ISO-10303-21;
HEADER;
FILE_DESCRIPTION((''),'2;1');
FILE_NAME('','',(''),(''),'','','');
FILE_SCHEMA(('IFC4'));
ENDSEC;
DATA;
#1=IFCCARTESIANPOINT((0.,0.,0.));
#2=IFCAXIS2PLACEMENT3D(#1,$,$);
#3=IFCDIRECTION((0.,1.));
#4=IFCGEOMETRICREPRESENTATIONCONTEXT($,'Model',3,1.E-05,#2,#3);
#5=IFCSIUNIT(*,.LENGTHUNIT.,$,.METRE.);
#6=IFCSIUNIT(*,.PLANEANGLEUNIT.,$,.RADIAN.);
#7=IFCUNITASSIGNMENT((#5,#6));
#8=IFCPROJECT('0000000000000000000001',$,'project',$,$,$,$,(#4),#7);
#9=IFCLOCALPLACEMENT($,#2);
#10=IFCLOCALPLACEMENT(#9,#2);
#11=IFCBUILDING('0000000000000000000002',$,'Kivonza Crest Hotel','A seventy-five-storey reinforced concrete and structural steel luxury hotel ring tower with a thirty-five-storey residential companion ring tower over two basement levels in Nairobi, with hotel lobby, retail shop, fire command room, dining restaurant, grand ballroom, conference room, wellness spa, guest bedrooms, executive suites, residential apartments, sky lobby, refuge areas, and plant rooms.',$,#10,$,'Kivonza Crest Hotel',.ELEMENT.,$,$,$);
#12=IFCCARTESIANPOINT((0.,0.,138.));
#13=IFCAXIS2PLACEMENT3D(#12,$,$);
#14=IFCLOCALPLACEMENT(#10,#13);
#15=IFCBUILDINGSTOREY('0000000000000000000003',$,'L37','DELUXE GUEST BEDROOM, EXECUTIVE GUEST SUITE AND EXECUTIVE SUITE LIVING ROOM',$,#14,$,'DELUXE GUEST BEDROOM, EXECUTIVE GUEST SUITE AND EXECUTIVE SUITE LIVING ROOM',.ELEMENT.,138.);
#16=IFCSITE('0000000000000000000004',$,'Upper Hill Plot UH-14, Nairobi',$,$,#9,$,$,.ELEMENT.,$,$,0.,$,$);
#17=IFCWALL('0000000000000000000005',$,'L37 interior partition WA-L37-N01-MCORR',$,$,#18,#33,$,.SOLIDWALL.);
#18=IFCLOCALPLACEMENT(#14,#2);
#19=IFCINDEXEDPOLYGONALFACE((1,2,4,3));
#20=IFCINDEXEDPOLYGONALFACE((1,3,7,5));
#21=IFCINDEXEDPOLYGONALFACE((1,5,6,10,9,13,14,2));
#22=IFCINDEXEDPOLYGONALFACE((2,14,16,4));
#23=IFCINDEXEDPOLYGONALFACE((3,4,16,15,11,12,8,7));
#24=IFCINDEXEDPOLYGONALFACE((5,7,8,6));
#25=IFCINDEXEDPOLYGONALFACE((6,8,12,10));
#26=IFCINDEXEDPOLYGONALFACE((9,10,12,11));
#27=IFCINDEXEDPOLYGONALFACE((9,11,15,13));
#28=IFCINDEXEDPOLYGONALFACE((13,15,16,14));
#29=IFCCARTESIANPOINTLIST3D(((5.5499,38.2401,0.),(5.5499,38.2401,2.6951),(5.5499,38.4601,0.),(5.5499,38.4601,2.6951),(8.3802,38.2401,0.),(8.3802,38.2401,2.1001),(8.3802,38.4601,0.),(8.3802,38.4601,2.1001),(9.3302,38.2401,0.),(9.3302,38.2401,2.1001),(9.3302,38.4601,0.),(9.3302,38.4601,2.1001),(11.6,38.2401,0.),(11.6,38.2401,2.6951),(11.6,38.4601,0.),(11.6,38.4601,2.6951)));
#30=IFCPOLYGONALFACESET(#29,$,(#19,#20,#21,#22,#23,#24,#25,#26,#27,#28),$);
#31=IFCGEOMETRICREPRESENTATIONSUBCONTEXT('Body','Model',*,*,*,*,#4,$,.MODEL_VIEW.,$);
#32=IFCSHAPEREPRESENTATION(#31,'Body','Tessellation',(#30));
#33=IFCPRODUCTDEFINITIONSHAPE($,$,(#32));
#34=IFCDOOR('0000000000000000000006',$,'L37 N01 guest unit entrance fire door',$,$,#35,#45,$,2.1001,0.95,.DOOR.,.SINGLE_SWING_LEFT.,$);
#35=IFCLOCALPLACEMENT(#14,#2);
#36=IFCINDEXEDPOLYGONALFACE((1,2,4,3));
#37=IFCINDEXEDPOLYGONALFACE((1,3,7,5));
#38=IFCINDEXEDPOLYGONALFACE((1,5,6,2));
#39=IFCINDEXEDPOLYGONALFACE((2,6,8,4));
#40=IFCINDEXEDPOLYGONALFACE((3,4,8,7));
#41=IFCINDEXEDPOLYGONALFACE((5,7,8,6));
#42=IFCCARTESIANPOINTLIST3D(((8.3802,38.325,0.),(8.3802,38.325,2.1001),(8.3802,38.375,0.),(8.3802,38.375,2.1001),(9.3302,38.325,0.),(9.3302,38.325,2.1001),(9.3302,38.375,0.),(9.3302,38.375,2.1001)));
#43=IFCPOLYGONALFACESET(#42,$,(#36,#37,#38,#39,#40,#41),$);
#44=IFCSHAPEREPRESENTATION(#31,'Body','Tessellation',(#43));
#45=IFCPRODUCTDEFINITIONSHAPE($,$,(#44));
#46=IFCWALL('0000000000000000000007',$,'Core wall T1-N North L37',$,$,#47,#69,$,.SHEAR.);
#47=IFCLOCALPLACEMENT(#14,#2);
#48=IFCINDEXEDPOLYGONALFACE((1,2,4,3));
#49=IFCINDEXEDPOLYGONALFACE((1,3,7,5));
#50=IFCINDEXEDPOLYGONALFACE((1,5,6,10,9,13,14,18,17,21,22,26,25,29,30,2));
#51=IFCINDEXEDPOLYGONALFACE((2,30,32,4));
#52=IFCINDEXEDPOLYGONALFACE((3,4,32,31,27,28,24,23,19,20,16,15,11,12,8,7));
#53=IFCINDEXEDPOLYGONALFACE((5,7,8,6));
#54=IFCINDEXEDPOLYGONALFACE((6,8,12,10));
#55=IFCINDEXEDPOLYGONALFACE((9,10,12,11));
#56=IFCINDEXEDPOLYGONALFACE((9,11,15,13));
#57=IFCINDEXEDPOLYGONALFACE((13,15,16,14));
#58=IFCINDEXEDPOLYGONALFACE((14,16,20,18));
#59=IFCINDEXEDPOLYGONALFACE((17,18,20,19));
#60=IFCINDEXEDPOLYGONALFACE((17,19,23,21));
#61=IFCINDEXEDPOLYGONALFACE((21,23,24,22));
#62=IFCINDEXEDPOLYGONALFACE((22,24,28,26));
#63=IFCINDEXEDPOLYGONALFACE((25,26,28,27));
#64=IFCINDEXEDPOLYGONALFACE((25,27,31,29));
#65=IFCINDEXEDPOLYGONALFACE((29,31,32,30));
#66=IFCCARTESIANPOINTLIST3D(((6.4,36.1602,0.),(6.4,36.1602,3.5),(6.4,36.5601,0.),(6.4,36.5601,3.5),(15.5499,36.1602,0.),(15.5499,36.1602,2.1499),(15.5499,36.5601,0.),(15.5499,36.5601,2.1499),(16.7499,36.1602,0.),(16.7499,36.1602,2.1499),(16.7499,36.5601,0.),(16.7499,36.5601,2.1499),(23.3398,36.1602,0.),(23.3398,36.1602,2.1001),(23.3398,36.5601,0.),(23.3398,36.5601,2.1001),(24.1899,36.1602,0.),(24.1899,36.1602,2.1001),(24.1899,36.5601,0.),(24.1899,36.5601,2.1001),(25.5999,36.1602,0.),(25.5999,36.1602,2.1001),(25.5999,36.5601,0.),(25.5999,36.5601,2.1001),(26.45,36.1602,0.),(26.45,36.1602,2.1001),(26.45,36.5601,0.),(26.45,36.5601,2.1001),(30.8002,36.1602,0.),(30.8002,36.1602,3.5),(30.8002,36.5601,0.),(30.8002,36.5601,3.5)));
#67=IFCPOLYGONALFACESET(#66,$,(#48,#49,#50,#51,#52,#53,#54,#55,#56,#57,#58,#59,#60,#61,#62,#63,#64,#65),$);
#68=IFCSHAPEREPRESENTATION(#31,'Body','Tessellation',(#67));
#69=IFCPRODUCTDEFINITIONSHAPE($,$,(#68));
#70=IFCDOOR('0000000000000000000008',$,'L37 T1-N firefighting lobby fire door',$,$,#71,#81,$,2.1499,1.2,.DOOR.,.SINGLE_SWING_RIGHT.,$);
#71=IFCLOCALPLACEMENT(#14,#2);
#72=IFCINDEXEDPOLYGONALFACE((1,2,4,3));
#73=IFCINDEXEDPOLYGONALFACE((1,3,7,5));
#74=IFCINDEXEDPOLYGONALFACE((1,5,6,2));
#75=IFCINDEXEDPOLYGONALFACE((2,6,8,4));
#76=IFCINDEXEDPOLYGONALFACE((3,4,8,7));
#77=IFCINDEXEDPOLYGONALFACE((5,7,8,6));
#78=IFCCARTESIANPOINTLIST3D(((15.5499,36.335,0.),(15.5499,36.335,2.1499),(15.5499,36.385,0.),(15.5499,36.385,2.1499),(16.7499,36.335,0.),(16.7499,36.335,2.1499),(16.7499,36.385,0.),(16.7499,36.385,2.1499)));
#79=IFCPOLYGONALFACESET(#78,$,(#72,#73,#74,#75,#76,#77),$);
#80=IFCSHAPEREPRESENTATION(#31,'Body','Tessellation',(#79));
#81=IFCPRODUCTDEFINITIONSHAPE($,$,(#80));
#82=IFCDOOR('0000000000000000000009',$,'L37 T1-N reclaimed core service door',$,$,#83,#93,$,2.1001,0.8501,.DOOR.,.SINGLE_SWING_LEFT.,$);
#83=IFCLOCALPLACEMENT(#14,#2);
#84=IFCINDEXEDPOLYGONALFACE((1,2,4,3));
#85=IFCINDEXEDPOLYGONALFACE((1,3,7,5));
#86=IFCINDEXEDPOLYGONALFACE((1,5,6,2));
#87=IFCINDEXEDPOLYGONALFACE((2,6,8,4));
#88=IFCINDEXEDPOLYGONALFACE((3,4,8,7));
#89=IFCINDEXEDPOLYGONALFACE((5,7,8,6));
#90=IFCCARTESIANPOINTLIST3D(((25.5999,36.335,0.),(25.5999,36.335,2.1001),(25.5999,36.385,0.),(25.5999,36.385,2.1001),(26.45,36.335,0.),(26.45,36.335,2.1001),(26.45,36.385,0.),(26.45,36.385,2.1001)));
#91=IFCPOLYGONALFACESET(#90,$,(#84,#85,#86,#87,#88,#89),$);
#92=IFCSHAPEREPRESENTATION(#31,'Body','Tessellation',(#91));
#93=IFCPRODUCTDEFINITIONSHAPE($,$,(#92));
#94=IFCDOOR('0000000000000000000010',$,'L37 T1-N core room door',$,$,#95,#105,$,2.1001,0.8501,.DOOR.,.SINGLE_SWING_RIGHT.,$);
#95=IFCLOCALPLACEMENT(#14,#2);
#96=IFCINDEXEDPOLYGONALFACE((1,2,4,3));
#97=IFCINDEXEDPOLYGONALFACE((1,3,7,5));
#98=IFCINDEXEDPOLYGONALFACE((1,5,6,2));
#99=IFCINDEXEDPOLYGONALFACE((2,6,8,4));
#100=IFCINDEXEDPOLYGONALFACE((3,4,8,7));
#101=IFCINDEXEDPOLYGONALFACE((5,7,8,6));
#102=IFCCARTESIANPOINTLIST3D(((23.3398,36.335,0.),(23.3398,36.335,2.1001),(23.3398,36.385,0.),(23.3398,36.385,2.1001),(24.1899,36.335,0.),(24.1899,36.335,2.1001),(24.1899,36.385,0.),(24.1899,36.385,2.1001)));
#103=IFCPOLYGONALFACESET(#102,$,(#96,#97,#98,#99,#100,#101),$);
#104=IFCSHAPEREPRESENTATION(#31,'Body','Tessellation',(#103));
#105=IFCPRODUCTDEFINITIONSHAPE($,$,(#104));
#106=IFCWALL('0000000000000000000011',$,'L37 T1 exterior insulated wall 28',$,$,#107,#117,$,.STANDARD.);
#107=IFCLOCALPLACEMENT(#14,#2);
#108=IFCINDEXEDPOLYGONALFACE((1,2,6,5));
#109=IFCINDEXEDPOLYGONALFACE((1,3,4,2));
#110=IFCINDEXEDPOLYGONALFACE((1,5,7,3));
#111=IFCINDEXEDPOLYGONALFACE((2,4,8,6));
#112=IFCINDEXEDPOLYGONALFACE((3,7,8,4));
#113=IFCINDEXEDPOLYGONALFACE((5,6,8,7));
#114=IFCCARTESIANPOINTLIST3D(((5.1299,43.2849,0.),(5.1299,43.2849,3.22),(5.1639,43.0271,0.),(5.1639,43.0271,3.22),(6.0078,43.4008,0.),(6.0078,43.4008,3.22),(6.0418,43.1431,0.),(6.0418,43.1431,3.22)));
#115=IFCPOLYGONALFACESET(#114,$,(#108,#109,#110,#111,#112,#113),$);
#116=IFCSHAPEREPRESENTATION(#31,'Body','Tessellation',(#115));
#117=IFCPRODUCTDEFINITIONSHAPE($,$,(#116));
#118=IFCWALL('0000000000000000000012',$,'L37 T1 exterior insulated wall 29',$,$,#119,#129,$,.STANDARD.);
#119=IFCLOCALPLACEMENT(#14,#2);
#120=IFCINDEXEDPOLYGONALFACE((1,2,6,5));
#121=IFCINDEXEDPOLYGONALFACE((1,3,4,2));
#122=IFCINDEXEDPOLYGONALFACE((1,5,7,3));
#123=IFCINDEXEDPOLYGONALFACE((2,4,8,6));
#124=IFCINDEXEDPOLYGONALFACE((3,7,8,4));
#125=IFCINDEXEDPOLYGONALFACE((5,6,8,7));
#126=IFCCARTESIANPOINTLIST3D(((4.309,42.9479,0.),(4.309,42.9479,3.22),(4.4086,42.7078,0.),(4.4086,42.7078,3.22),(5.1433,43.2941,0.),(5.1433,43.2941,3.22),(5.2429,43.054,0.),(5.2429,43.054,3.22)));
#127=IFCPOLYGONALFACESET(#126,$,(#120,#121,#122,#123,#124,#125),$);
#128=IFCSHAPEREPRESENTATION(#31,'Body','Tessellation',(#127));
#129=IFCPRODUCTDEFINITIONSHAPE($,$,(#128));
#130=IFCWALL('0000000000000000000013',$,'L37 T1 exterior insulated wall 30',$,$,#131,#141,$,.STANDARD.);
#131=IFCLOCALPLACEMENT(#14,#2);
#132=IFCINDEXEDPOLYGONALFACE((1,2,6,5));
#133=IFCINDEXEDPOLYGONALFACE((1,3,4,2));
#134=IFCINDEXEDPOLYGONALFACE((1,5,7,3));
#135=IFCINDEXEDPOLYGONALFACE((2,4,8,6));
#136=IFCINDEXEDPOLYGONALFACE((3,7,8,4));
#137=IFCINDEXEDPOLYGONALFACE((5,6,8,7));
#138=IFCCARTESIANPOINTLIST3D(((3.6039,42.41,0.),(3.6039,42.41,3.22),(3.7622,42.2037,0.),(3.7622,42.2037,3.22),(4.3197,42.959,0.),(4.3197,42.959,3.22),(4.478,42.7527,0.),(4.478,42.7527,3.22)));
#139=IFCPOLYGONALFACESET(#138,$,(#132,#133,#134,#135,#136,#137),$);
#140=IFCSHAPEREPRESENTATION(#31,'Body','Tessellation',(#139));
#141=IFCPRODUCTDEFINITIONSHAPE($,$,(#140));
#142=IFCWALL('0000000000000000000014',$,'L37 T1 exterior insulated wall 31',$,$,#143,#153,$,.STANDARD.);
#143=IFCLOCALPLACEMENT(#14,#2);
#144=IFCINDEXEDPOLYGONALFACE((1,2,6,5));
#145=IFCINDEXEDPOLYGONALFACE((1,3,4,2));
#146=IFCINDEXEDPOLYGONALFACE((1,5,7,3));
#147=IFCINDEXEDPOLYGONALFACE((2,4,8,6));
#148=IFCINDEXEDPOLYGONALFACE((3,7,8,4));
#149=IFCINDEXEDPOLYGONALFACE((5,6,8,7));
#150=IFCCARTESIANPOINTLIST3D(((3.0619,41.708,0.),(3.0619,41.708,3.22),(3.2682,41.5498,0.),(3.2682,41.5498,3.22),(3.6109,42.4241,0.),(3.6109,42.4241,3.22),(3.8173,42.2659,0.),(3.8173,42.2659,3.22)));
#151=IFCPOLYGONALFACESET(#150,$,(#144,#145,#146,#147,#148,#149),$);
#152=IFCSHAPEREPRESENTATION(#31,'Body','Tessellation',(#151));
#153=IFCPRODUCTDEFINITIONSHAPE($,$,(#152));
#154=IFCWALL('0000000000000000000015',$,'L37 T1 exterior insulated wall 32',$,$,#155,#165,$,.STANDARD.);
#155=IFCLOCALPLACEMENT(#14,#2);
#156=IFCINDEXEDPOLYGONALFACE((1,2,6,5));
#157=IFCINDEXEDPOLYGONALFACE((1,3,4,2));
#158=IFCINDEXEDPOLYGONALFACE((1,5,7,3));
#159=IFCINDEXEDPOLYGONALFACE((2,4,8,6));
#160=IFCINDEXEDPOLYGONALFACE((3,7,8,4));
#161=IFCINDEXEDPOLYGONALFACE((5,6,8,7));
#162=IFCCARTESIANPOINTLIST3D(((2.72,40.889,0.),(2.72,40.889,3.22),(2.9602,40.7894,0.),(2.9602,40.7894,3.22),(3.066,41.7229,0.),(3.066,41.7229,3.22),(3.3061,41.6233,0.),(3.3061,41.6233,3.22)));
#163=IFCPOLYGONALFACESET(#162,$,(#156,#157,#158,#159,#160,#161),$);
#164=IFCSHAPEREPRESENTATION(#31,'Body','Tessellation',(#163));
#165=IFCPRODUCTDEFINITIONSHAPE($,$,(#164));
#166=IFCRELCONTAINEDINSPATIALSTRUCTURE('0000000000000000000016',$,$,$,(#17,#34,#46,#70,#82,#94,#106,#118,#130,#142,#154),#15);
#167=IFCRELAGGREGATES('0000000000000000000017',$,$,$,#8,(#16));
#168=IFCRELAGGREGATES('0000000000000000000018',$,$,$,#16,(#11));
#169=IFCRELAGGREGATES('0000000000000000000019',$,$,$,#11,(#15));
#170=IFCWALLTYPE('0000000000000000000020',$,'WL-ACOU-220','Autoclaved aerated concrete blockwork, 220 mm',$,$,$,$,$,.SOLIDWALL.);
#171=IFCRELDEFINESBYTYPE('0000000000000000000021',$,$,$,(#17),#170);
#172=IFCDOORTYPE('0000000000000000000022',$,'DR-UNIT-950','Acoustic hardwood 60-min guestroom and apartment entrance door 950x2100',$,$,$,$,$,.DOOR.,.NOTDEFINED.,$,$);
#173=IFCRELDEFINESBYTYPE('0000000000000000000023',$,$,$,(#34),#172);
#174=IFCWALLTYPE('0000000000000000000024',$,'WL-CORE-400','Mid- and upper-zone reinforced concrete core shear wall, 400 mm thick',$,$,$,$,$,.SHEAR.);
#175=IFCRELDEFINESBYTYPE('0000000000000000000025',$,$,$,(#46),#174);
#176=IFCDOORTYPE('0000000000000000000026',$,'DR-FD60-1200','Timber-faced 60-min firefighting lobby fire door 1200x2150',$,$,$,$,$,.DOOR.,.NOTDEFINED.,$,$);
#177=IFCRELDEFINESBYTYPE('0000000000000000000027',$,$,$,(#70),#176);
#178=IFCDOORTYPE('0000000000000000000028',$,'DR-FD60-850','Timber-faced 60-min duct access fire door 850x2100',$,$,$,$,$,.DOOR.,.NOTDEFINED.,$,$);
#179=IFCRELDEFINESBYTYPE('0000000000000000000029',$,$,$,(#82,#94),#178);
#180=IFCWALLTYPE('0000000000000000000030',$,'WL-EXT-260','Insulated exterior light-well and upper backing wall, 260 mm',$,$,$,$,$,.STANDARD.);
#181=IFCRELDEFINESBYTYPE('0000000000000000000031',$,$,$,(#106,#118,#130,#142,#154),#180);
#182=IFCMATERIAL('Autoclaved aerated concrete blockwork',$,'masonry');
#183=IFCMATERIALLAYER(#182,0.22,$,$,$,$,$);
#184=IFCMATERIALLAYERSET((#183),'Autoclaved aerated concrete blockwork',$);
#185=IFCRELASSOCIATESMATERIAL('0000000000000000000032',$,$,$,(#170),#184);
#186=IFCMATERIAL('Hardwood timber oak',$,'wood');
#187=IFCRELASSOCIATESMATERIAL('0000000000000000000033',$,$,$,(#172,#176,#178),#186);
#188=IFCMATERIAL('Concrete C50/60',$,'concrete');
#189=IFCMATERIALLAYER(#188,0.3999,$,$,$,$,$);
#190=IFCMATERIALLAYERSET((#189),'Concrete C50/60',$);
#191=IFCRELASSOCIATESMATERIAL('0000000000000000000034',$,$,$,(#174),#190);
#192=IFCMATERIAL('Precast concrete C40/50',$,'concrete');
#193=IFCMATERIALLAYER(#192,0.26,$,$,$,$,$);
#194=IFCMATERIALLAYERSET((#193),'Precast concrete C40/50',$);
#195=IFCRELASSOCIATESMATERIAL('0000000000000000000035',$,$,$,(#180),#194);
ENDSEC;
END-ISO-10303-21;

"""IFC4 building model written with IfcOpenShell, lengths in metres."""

from ifc_helpers import new_model, si_unit, direction, frame, frame_2d, origin, place, context, subcontext, project, spatial, rectangle, extrude, material, layer, layer_set, type_object, element, fill, save


model = new_model("IFC4")

# Units and contexts
model_context = context("Model", 3, precision=1e-05, world=origin(), true_north=direction((0.0, 1.0)))
body_context = subcontext(model_context, "Body", "Model", "MODEL_VIEW")
ifc_project = project(units=[si_unit("LENGTHUNIT", "METRE"), si_unit("PLANEANGLEUNIT", "RADIAN")], contexts=[model_context])

# Site, building, storey
site_placement = place(None, origin())
site = spatial("IfcSite", under=ifc_project, at=site_placement, Name="Upper Hill Plot UH-14, Nairobi", CompositionType="ELEMENT", RefElevation=0.0)
building_placement = place(site_placement, origin())
building = spatial("IfcBuilding", under=site, at=building_placement, Name="Kivonza Crest Hotel", Description="A seventy-five-storey reinforced concrete and structural steel luxury hotel ring tower with a thirty-five-storey residential companion ring tower over two basement levels in Nairobi, with hotel lobby, retail shop, fire command room, dining restaurant, grand ballroom, conference room, wellness spa, guest bedrooms, executive suites, residential apartments, sky lobby, refuge areas, and plant rooms.", LongName="Kivonza Crest Hotel", CompositionType="ELEMENT")
storey_placement = place(building_placement, frame((0.0, 0.0, 138.0)))
storey = spatial("IfcBuildingStorey", under=building, at=storey_placement, Name="L37", Description="DELUXE GUEST BEDROOM, EXECUTIVE GUEST SUITE AND EXECUTIVE SUITE LIVING ROOM", LongName="DELUXE GUEST BEDROOM, EXECUTIVE GUEST SUITE AND EXECUTIVE SUITE LIVING ROOM", CompositionType="ELEMENT", Elevation=138.0)

# Shared definitions
ifc_material_1 = material(Name="Concrete C50/60", Category="concrete")

# Shared definitions
ifc_material_2 = material(Name="Autoclaved aerated concrete blockwork", Category="masonry")
ifc_layer_1 = layer(ifc_material_2, 0.22)
ifc_layer_set_1 = layer_set([ifc_layer_1], Name="Autoclaved aerated concrete blockwork")
wall_type_1 = type_object("IfcWallType", Name="WL-ACOU-220", Description="Autoclaved aerated concrete blockwork, 220 mm", PredefinedType="SOLIDWALL", material=ifc_layer_set_1)

# Wall, opening, door
wall_1_placement = place(storey_placement, frame((5.55, 38.3501, 0.0), z_axis=(0.0, 0.0, 1.0), x_axis=(1.0, 0.0, 0.0)))
wall_1 = element("IfcWall", 1, at=wall_1_placement, inside=storey, type_object=wall_type_1, Name="L37 interior partition WA-L37-N01-MCORR", PredefinedType="SOLIDWALL", context=body_context, shape_type="SweptSolid", body=[
    extrude(rectangle(XDim=6.05, YDim=0.22, at=frame_2d((3.0249, 0.0))), origin(), (0.0, 0.0, 1.0), 2.6951),
])
opening_1_placement = place(wall_1_placement, frame((2.8301, 0.0, 0.0)))
opening_1 = element("IfcOpeningElement", 2, at=opening_1_placement, cuts=wall_1, PredefinedType="OPENING", context=body_context, shape_type="SweptSolid", body=[
    extrude(rectangle(XDim=0.95, YDim=2.1001, at=frame_2d((0.4751, 1.05))), frame((0.0, 0.1201, 0.0), z_axis=(0.0, -1.0, 0.0), x_axis=(1.0, 0.0, 0.0)), (0.0, 0.0, 1.0), 0.24),
])
ifc_material_3 = material(Name="Hardwood timber oak", Category="wood")
door_type_1 = type_object("IfcDoorType", Name="DR-UNIT-950", Description="Acoustic hardwood 60-min guestroom and apartment entrance door 950x2100", OperationType="NOTDEFINED", PredefinedType="DOOR", material=ifc_material_3)
door_1_placement = place(opening_1_placement, origin())
door_1 = element("IfcDoor", 3, at=door_1_placement, inside=storey, type_object=door_type_1, Name="L37 N01 guest unit entrance fire door", OperationType="SINGLE_SWING_LEFT", OverallHeight=2.1001, OverallWidth=0.95, PredefinedType="DOOR", context=body_context, shape_type="SweptSolid", body=[
    extrude(rectangle(XDim=0.95, YDim=2.1001, at=frame_2d((0.4751, 1.05))), frame((0.0, 0.0249, 0.0), z_axis=(0.0, -1.0, 0.0), x_axis=(1.0, 0.0, 0.0)), (0.0, 0.0, 1.0), 0.05),
])
fill(opening_1, door_1)

# Wall, openings, doors
ifc_layer_2 = layer(ifc_material_1, 0.3999)
ifc_layer_set_2 = layer_set([ifc_layer_2], Name="Concrete C50/60")
wall_type_2 = type_object("IfcWallType", Name="WL-CORE-400", Description="Mid- and upper-zone reinforced concrete core shear wall, 400 mm thick", PredefinedType="SHEAR", material=ifc_layer_set_2)
wall_2_placement = place(storey_placement, frame((6.3999, 36.3601, 0.0), z_axis=(0.0, 0.0, 1.0), x_axis=(1.0, 0.0, 0.0)))
wall_2 = element("IfcWall", 4, at=wall_2_placement, inside=storey, type_object=wall_type_2, Name="Core wall T1-N North L37", PredefinedType="SHEAR", context=body_context, shape_type="SweptSolid", body=[
    extrude(rectangle(XDim=24.4001, YDim=0.3999, at=frame_2d((12.2002, 0.0))), origin(), (0.0, 0.0, 1.0), 3.5),
])
opening_2_placement = place(wall_2_placement, frame((9.1499, 0.0, 0.0)))
opening_2 = element("IfcOpeningElement", 5, at=opening_2_placement, cuts=wall_2, PredefinedType="OPENING", context=body_context, shape_type="SweptSolid", body=[
    extrude(rectangle(XDim=1.2, YDim=2.1499, at=frame_2d((0.6001, 1.075))), frame((0.0, 0.21, 0.0), z_axis=(0.0, -1.0, 0.0), x_axis=(1.0, 0.0, 0.0)), (0.0, 0.0, 1.0), 0.4199),
])
opening_3_placement = place(wall_2_placement, frame((19.2, 0.0, 0.0)))
opening_3 = element("IfcOpeningElement", 6, at=opening_3_placement, cuts=wall_2, PredefinedType="OPENING", context=body_context, shape_type="SweptSolid", body=[
    extrude(rectangle(XDim=0.8501, YDim=2.1001, at=frame_2d((0.425, 1.05))), frame((0.0, 0.21, 0.0), z_axis=(0.0, -1.0, 0.0), x_axis=(1.0, 0.0, 0.0)), (0.0, 0.0, 1.0), 0.4199),
])
opening_4_placement = place(wall_2_placement, frame((16.9399, 0.0, 0.0)))
opening_4 = element("IfcOpeningElement", 7, at=opening_4_placement, cuts=wall_2, PredefinedType="OPENING", context=body_context, shape_type="SweptSolid", body=[
    extrude(rectangle(XDim=0.8501, YDim=2.1001, at=frame_2d((0.425, 1.05))), frame((0.0, 0.21, 0.0), z_axis=(0.0, -1.0, 0.0), x_axis=(1.0, 0.0, 0.0)), (0.0, 0.0, 1.0), 0.4199),
])
door_type_2 = type_object("IfcDoorType", Name="DR-FD60-1200", Description="Timber-faced 60-min firefighting lobby fire door 1200x2150", OperationType="NOTDEFINED", PredefinedType="DOOR", material=ifc_material_3)
door_2_placement = place(opening_2_placement, origin())
door_2 = element("IfcDoor", 8, at=door_2_placement, inside=storey, type_object=door_type_2, Name="L37 T1-N firefighting lobby fire door", OperationType="SINGLE_SWING_RIGHT", OverallHeight=2.1499, OverallWidth=1.2, PredefinedType="DOOR", context=body_context, shape_type="SweptSolid", body=[
    extrude(rectangle(XDim=1.2, YDim=2.1499, at=frame_2d((0.6001, 1.075))), frame((0.0, 0.0249, 0.0), z_axis=(0.0, -1.0, 0.0), x_axis=(1.0, 0.0, 0.0)), (0.0, 0.0, 1.0), 0.05),
])
fill(opening_2, door_2)
door_type_3 = type_object("IfcDoorType", Name="DR-FD60-850", Description="Timber-faced 60-min duct access fire door 850x2100", OperationType="NOTDEFINED", PredefinedType="DOOR", material=ifc_material_3)
door_3_placement = place(opening_3_placement, origin())
door_3 = element("IfcDoor", 9, at=door_3_placement, inside=storey, type_object=door_type_3, Name="L37 T1-N reclaimed core service door", OperationType="SINGLE_SWING_LEFT", OverallHeight=2.1001, OverallWidth=0.8501, PredefinedType="DOOR", context=body_context, shape_type="SweptSolid", body=[
    extrude(rectangle(XDim=0.8501, YDim=2.1001, at=frame_2d((0.425, 1.05))), frame((0.0, 0.0249, 0.0), z_axis=(0.0, -1.0, 0.0), x_axis=(1.0, 0.0, 0.0)), (0.0, 0.0, 1.0), 0.05),
])
fill(opening_3, door_3)
door_4_placement = place(opening_4_placement, origin())
door_4 = element("IfcDoor", 10, at=door_4_placement, inside=storey, type_object=door_type_3, Name="L37 T1-N core room door", OperationType="SINGLE_SWING_RIGHT", OverallHeight=2.1001, OverallWidth=0.8501, PredefinedType="DOOR", context=body_context, shape_type="SweptSolid", body=[
    extrude(rectangle(XDim=0.8501, YDim=2.1001, at=frame_2d((0.425, 1.05))), frame((0.0, 0.0249, 0.0), z_axis=(0.0, -1.0, 0.0), x_axis=(1.0, 0.0, 0.0)), (0.0, 0.0, 1.0), 0.05),
])
fill(opening_4, door_4)

# Walls
ifc_material_4 = material(Name="Precast concrete C40/50", Category="concrete")
ifc_layer_3 = layer(ifc_material_4, 0.26)
ifc_layer_set_3 = layer_set([ifc_layer_3], Name="Precast concrete C40/50")
wall_type_3 = type_object("IfcWallType", Name="WL-EXT-260", Description="Insulated exterior light-well and upper backing wall, 260 mm", PredefinedType="STANDARD", material=ifc_layer_set_3)
wall_3_placement = place(storey_placement, frame((6.0249, 43.272, 0.0), z_axis=(0.0, 0.0, 1.0), x_axis=(-0.991388, -0.130954, 0.0)))
element("IfcWall", 11, at=wall_3_placement, inside=storey, type_object=wall_type_3, Name="L37 T1 exterior insulated wall 28", PredefinedType="STANDARD", context=body_context, shape_type="SweptSolid", body=[
    extrude(rectangle(XDim=0.8855, YDim=0.26, at=frame_2d((0.4429, 0.0))), origin(), (0.0, 0.0, 1.0), 3.22),
])
wall_4_placement = place(storey_placement, frame((5.1931, 43.1741, 0.0), z_axis=(0.0, 0.0, 1.0), x_axis=(-0.923628, -0.383291, 0.0)))
element("IfcWall", 12, at=wall_4_placement, inside=storey, type_object=wall_type_3, Name="L37 T1 exterior insulated wall 29", PredefinedType="STANDARD", context=body_context, shape_type="SweptSolid", body=[
    extrude(rectangle(XDim=0.9033, YDim=0.26, at=frame_2d((0.4517, 0.0))), origin(), (0.0, 0.0, 1.0), 3.22),
])
wall_5_placement = place(storey_placement, frame((4.3989, 42.856, 0.0), z_axis=(0.0, 0.0, 1.0), x_axis=(-0.793458, -0.608625, 0.0)))
element("IfcWall", 13, at=wall_5_placement, inside=storey, type_object=wall_type_3, Name="L37 T1 exterior insulated wall 30", PredefinedType="STANDARD", context=body_context, shape_type="SweptSolid", body=[
    extrude(rectangle(XDim=0.9021, YDim=0.26, at=frame_2d((0.4512, 0.0))), origin(), (0.0, 0.0, 1.0), 3.22),
])
wall_6_placement = place(storey_placement, frame((3.7141, 42.345, 0.0), z_axis=(0.0, 0.0, 1.0), x_axis=(-0.608494, -0.793558, 0.0)))
element("IfcWall", 14, at=wall_6_placement, inside=storey, type_object=wall_type_3, Name="L37 T1 exterior insulated wall 31", PredefinedType="STANDARD", context=body_context, shape_type="SweptSolid", body=[
    extrude(rectangle(XDim=0.9023, YDim=0.26, at=frame_2d((0.4512, 0.0))), origin(), (0.0, 0.0, 1.0), 3.22),
])
wall_7_placement = place(storey_placement, frame((3.186, 41.6731, 0.0), z_axis=(0.0, 0.0, 1.0), x_axis=(-0.383156, -0.923684, 0.0)))
element("IfcWall", 15, at=wall_7_placement, inside=storey, type_object=wall_type_3, Name="L37 T1 exterior insulated wall 32", PredefinedType="STANDARD", context=body_context, shape_type="SweptSolid", body=[
    extrude(rectangle(XDim=0.9028, YDim=0.26, at=frame_2d((0.4514, 0.0))), origin(), (0.0, 0.0, 1.0), 3.22),
])

save(model, "model.ifc")
